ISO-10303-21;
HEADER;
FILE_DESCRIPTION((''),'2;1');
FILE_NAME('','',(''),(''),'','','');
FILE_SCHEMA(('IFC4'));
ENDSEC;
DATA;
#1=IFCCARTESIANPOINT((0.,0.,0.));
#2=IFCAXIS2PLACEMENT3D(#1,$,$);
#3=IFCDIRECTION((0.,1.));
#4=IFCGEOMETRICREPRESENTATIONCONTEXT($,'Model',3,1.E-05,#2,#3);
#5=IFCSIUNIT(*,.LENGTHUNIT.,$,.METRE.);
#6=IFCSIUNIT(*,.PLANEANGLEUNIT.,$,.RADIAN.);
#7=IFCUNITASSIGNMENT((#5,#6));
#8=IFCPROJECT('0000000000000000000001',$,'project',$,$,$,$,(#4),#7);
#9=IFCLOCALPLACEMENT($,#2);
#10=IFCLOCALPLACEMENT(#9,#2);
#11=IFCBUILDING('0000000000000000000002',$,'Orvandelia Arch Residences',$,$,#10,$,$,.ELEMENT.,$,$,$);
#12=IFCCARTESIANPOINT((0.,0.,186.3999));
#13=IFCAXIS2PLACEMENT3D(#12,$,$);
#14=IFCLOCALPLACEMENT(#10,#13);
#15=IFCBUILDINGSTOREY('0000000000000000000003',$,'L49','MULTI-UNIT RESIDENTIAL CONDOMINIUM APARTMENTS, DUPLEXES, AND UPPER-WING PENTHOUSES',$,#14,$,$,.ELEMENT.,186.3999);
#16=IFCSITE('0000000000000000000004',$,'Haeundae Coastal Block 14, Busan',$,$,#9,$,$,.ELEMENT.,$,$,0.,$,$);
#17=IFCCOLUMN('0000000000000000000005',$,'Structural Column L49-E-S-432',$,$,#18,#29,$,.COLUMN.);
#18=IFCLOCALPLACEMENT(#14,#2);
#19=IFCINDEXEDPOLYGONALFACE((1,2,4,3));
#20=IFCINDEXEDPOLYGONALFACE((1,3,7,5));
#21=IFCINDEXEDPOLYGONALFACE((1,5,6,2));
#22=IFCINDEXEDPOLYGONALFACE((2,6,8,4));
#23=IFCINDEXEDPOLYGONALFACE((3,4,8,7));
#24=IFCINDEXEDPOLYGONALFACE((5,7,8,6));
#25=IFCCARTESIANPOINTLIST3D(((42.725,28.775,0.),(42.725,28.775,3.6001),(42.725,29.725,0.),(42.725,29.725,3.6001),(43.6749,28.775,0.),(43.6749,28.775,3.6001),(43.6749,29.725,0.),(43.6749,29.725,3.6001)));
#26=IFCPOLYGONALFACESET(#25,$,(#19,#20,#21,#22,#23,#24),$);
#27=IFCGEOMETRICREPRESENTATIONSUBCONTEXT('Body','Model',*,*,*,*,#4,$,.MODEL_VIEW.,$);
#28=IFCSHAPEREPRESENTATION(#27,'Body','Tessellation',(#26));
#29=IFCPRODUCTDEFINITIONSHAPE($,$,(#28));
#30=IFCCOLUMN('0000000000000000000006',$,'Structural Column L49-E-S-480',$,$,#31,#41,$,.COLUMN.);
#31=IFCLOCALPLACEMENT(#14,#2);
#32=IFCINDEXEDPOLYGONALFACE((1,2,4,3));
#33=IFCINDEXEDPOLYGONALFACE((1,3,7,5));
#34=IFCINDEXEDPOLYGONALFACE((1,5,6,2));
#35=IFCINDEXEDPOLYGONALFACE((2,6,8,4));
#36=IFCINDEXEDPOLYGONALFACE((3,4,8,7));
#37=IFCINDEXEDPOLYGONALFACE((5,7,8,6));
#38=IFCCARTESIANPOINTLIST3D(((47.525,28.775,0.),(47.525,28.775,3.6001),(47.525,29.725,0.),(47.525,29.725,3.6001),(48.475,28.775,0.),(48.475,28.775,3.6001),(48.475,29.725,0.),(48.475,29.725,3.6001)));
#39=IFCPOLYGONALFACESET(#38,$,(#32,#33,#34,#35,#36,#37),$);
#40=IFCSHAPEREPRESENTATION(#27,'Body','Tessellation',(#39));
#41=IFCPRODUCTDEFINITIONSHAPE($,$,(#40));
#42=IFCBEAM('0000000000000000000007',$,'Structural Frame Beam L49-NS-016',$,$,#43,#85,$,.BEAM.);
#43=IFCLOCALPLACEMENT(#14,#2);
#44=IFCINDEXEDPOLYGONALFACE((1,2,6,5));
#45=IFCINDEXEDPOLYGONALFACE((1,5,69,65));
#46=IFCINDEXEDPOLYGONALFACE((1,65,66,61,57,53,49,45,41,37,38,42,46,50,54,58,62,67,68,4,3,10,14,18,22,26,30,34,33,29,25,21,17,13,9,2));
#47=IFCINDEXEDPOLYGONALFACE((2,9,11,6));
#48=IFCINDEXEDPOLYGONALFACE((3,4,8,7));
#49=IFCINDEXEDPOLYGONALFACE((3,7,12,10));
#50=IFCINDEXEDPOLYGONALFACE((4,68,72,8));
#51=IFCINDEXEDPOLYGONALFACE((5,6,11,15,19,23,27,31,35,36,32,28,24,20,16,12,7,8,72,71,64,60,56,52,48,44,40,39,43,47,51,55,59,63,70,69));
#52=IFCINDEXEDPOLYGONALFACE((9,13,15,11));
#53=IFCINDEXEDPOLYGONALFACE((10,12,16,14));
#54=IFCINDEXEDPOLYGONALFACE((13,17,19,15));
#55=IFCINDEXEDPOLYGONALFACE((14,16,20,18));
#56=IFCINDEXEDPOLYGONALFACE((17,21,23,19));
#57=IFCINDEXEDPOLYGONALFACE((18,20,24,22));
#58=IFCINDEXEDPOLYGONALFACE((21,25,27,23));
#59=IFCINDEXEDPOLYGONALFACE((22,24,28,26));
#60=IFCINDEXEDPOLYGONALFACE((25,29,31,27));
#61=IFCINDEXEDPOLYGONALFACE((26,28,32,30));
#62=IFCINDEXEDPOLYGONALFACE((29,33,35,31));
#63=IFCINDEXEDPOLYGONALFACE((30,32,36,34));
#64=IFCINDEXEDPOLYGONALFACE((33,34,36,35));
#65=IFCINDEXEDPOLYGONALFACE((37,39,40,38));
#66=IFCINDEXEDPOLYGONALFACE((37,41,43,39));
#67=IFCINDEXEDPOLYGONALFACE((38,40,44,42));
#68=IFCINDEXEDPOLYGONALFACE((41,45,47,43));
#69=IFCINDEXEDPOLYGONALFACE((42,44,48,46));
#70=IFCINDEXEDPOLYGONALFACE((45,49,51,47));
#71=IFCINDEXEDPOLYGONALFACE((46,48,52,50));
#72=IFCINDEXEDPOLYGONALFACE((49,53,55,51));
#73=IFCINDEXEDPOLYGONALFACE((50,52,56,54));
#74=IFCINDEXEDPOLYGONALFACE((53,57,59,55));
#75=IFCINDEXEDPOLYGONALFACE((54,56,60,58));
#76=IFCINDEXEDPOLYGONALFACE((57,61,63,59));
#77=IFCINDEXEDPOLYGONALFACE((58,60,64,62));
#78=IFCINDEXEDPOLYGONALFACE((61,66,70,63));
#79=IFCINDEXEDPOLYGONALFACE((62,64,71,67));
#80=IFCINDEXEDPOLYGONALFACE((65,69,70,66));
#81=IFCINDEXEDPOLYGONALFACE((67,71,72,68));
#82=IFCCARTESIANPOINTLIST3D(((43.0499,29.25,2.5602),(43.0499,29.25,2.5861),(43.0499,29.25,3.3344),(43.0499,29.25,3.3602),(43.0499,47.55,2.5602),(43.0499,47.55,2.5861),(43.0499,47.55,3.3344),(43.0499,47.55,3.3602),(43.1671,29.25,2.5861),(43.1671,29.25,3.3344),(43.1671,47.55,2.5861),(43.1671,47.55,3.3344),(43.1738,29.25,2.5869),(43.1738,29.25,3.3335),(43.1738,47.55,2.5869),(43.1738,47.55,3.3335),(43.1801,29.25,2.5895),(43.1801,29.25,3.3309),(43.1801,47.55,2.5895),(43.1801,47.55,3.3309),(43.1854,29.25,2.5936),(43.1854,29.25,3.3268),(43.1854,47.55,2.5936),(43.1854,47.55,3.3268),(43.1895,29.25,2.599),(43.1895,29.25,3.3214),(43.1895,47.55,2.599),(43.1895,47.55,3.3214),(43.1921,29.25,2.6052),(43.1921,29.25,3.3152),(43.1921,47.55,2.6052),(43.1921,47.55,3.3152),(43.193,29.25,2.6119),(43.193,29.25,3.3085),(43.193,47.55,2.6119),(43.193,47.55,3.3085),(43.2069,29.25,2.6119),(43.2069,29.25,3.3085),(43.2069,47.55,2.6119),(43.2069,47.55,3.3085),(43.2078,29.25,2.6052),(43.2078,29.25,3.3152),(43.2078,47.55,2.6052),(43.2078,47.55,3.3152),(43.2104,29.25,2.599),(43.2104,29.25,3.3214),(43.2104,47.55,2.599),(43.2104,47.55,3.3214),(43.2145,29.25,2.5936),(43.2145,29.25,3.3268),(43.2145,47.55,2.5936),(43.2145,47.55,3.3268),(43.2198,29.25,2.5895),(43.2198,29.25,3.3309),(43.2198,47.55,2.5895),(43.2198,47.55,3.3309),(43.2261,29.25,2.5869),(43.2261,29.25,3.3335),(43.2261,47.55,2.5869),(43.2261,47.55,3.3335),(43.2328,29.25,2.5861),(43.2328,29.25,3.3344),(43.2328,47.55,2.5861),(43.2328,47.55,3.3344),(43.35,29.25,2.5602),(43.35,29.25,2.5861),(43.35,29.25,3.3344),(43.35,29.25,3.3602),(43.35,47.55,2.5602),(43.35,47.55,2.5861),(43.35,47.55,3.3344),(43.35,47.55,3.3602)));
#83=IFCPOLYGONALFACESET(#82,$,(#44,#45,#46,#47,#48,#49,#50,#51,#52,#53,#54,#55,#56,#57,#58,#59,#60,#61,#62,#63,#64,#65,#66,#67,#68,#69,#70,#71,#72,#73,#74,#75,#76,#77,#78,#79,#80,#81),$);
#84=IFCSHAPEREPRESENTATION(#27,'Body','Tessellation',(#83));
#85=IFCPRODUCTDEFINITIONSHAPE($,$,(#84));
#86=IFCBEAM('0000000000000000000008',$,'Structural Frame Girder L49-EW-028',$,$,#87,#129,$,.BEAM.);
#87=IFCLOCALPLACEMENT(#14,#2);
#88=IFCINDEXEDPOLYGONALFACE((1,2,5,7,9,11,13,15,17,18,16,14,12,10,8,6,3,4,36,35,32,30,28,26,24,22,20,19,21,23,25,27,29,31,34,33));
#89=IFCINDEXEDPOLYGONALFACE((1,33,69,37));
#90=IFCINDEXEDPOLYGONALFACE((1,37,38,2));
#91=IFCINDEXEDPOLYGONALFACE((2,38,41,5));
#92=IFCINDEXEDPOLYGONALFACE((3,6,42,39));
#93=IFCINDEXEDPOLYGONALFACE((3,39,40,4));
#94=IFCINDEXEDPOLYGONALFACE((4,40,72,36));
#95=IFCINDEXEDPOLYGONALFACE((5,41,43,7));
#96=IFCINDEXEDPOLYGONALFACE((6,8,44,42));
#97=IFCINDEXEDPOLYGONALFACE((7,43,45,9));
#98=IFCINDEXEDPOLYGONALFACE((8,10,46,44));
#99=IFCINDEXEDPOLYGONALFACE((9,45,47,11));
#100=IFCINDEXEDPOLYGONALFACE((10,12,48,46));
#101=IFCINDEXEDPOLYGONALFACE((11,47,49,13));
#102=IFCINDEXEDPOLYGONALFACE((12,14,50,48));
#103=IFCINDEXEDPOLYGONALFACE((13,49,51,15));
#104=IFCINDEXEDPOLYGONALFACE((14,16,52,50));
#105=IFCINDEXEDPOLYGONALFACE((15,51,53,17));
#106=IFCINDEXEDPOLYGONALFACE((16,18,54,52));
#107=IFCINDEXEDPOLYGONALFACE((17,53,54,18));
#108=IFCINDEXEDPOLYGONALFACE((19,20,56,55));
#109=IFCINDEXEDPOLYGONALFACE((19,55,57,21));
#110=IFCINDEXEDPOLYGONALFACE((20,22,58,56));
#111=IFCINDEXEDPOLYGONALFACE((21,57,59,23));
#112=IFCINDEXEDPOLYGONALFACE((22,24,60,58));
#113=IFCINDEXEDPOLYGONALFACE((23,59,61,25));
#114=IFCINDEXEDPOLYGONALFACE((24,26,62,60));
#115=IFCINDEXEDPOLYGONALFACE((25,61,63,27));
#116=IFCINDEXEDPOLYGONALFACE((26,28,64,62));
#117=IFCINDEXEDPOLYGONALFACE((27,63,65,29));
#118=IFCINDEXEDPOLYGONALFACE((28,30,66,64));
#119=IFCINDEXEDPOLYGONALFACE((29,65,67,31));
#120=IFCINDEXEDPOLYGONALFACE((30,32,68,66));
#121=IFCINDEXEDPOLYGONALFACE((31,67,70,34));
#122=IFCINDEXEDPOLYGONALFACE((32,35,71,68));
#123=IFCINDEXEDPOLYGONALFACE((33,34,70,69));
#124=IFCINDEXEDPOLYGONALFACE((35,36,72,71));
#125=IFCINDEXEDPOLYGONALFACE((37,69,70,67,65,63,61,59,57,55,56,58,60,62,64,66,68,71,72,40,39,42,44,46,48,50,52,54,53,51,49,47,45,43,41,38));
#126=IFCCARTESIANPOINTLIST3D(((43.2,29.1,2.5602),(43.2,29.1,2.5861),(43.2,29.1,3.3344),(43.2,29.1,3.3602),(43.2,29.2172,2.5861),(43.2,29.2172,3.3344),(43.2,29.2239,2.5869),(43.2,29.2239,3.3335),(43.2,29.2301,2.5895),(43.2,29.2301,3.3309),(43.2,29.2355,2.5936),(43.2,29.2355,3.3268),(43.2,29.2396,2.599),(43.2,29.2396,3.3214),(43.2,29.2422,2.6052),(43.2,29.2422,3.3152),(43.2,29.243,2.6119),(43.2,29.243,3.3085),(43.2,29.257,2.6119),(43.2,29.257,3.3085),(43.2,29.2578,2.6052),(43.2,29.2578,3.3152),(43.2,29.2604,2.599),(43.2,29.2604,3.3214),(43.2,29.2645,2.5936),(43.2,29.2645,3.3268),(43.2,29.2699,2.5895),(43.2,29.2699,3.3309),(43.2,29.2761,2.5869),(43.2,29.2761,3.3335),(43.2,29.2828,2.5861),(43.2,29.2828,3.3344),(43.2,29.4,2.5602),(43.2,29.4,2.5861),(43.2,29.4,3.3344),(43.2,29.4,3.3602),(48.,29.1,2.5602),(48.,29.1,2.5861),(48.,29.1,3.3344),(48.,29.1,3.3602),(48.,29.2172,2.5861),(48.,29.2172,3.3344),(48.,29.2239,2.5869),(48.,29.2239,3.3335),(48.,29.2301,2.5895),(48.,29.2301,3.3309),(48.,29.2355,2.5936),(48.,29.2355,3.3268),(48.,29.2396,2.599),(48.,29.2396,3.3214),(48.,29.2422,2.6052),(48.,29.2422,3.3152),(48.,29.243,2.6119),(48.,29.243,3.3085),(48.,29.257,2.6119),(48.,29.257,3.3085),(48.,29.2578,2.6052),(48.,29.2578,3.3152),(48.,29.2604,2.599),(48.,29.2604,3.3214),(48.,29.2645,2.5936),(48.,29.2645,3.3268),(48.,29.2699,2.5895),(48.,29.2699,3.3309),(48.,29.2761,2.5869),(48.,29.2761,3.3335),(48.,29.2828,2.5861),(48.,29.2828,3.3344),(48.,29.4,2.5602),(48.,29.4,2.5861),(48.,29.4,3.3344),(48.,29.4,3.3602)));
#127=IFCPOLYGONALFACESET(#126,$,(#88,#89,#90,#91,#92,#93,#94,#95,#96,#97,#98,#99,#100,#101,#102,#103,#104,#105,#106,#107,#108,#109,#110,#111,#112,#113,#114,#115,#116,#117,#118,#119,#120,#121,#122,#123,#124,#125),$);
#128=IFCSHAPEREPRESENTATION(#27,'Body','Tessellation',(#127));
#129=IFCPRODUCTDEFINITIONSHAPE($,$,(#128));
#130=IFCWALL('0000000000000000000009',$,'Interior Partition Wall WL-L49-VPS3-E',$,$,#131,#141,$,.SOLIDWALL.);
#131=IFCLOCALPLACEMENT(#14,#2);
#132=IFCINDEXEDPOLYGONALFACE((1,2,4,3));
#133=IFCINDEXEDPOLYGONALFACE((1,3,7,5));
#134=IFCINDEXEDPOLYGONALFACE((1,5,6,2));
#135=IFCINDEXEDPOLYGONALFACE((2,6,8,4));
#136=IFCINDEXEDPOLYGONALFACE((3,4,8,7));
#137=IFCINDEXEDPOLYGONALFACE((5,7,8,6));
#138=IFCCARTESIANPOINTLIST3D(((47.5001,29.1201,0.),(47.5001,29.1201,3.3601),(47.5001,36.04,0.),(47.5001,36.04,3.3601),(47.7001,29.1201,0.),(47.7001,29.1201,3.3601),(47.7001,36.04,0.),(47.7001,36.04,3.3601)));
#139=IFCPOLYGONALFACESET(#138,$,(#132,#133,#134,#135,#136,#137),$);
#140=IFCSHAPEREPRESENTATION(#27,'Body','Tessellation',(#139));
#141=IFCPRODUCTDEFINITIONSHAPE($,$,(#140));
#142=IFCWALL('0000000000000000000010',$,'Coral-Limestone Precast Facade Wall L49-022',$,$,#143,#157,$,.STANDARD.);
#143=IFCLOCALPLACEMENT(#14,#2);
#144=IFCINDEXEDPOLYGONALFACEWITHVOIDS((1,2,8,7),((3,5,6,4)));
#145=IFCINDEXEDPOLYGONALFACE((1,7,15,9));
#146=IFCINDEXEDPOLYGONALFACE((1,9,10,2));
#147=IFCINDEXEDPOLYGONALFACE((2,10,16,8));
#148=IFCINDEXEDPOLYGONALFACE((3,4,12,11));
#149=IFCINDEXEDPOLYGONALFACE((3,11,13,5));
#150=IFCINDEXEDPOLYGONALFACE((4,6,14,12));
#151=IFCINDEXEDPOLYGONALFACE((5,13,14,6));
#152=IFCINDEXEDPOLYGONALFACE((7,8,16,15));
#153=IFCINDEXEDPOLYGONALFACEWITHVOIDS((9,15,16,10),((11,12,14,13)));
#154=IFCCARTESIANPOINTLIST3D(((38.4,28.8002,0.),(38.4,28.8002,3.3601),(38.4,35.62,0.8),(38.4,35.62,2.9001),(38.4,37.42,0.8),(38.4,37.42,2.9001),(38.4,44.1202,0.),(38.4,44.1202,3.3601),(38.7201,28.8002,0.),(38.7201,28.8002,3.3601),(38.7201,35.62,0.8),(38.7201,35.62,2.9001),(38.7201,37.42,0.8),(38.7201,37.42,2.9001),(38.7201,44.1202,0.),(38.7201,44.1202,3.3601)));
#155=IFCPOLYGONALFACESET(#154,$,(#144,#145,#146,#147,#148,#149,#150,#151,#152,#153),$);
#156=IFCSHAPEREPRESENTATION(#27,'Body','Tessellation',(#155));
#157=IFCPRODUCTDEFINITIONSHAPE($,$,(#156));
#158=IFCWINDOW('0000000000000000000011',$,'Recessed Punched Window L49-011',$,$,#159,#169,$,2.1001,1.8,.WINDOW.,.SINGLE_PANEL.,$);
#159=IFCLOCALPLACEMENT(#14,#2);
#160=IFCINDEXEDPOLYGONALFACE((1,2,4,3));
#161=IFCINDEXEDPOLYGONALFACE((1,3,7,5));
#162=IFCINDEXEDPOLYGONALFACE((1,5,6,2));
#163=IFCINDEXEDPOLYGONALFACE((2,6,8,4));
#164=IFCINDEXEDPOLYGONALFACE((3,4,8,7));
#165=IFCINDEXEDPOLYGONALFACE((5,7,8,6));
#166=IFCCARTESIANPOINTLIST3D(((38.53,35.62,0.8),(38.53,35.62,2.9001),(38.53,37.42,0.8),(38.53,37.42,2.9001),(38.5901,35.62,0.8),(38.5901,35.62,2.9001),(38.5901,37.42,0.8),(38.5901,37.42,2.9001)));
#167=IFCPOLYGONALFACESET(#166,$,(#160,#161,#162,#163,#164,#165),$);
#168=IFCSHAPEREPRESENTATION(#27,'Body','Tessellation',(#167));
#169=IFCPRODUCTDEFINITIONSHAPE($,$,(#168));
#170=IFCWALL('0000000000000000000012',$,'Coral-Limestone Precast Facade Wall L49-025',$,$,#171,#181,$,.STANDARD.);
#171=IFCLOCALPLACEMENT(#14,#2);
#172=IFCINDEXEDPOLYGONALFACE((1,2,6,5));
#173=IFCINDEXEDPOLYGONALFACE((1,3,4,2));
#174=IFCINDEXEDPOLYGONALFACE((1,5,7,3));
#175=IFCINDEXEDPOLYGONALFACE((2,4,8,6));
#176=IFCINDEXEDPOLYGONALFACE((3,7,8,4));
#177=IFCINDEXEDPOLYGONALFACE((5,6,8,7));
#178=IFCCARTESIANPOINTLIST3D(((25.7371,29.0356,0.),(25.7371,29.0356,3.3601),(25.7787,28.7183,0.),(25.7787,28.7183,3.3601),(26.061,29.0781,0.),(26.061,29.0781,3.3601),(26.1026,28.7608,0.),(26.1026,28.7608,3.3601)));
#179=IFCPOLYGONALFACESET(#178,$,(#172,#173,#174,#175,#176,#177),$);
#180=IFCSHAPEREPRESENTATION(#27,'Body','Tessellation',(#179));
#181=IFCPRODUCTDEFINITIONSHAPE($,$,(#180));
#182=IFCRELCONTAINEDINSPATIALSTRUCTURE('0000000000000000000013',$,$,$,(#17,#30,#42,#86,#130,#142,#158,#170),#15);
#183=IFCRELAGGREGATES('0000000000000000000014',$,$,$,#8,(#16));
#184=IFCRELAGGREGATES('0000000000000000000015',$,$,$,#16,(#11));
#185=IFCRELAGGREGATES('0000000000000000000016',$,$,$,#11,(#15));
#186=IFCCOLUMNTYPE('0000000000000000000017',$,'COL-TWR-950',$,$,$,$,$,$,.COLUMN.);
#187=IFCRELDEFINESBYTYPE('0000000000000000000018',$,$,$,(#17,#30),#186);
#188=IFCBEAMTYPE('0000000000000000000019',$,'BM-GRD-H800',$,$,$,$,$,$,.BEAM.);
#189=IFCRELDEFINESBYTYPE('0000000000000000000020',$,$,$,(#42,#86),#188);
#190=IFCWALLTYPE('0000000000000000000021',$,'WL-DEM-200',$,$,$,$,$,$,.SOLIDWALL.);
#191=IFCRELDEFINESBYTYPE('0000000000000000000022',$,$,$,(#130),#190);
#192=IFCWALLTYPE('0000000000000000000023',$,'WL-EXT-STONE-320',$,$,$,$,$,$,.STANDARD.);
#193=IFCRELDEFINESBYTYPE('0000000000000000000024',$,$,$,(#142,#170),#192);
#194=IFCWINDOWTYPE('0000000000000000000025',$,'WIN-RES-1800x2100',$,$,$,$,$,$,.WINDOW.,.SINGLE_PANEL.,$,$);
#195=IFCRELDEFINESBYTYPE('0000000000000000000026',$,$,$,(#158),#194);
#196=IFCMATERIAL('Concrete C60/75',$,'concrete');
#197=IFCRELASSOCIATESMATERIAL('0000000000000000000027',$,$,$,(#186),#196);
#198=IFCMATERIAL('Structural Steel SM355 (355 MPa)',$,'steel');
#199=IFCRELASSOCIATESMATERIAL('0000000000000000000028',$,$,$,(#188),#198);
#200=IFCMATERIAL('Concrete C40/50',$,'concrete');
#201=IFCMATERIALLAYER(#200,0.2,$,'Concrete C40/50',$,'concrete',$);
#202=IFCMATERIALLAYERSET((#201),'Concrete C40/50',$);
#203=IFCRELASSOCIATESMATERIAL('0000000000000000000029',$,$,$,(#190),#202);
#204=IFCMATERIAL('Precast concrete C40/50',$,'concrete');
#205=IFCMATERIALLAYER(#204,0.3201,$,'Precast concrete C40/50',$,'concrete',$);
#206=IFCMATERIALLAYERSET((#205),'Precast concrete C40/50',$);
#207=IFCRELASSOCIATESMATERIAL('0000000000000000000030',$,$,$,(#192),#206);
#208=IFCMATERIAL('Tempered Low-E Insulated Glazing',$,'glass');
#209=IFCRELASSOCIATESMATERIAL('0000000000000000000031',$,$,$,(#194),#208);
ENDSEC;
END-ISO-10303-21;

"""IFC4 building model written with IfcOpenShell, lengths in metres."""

from ifc_helpers import new_model, si_unit, direction, frame, frame_2d, origin, origin_2d, place, context, subcontext, project, spatial, rectangle, i_section, extrude, material, layer, layer_set, material_profile, profile_set, type_object, element, fill, save


model = new_model("IFC4")

# Units and contexts
model_context = context("Model", 3, precision=1e-05, world=origin(), true_north=direction((0.0, 1.0)))
body_context = subcontext(model_context, "Body", "Model", "MODEL_VIEW")
ifc_project = project(units=[si_unit("LENGTHUNIT", "METRE"), si_unit("PLANEANGLEUNIT", "RADIAN")], contexts=[model_context])

# Site, building, storey
site_placement = place(None, origin())
site = spatial("IfcSite", under=ifc_project, at=site_placement, Name="Haeundae Coastal Block 14, Busan", CompositionType="ELEMENT", RefElevation=0.0)
building_placement = place(site_placement, origin())
building = spatial("IfcBuilding", under=site, at=building_placement, Name="Orvandelia Arch Residences", CompositionType="ELEMENT")
storey_placement = place(building_placement, frame((0.0, 0.0, 186.3999)))
storey = spatial("IfcBuildingStorey", under=building, at=storey_placement, Name="L49", Description="MULTI-UNIT RESIDENTIAL CONDOMINIUM APARTMENTS, DUPLEXES, AND UPPER-WING PENTHOUSES", CompositionType="ELEMENT", Elevation=186.3999)

# Columns
ifc_material_1 = material(Name="Concrete C60/75", Category="concrete")
ifc_material_profile_1 = material_profile(ifc_material_1, rectangle(XDim=0.95, YDim=0.95, at=origin_2d()), Name="Concrete C60/75", Category="concrete")
ifc_profile_set_1 = profile_set([ifc_material_profile_1], Name="Concrete C60/75")
column_type = type_object("IfcColumnType", Name="COL-TWR-950", PredefinedType="COLUMN", material=ifc_profile_set_1)
for number, where, z_axis, x_axis, name in (
    (1, (43.2, 29.25, 0.0), (0.0, 0.0, 1.0), (1.0, 0.0, 0.0), "Structural Column L49-E-S-432"),
    (2, (48.0, 29.25, 0.0), (0.0, 0.0, 1.0), (1.0, 0.0, 0.0), "Structural Column L49-E-S-480"),
):
    element("IfcColumn", number, at=place(storey_placement, frame(where, z_axis=z_axis, x_axis=x_axis)), inside=storey, type_object=column_type, Name=name, PredefinedType="COLUMN", context=body_context, shape_type="SweptSolid", body=[
        extrude(rectangle(XDim=0.95, YDim=0.95, at=origin_2d()), origin(), (0.0, 0.0, 1.0), 3.6001),
    ])

# Beams
ifc_material_2 = material(Name="Structural Steel SM355 (355 MPa)", Category="steel")
ifc_material_profile_2 = material_profile(ifc_material_2, i_section(OverallWidth=0.3, OverallDepth=0.8, WebThickness=0.0139, FlangeThickness=0.0259, FilletRadius=0.0259, at=origin_2d()), Name="Structural Steel SM355 (355 MPa)", Category="steel")
ifc_profile_set_2 = profile_set([ifc_material_profile_2], Name="Structural Steel SM355 (355 MPa)")
beam_type = type_object("IfcBeamType", Name="BM-GRD-H800", PredefinedType="BEAM", material=ifc_profile_set_2)
beam_1_placement = place(storey_placement, frame((43.2, 29.25, 2.9602), z_axis=(0.0, 1.0, 0.0), x_axis=(-1.0, 0.0, 0.0)))
element("IfcBeam", 3, at=beam_1_placement, inside=storey, type_object=beam_type, Name="Structural Frame Beam L49-NS-016", PredefinedType="BEAM", context=body_context, shape_type="SweptSolid", body=[
    extrude(i_section(OverallWidth=0.3, OverallDepth=0.8, WebThickness=0.0139, FlangeThickness=0.0259, FilletRadius=0.0259, at=origin_2d()), origin(), (0.0, 0.0, 1.0), 18.3),
])
beam_2_placement = place(storey_placement, frame((43.2, 29.25, 2.9602), z_axis=(1.0, 0.0, 0.0), x_axis=(0.0, 1.0, 0.0)))
element("IfcBeam", 4, at=beam_2_placement, inside=storey, type_object=beam_type, Name="Structural Frame Girder L49-EW-028", PredefinedType="BEAM", context=body_context, shape_type="SweptSolid", body=[
    extrude(i_section(OverallWidth=0.3, OverallDepth=0.8, WebThickness=0.0139, FlangeThickness=0.0259, FilletRadius=0.0259, at=origin_2d()), origin(), (0.0, 0.0, 1.0), 4.8),
])

# Wall
ifc_material_3 = material(Name="Concrete C40/50", Category="concrete")
ifc_layer_1 = layer(ifc_material_3, 0.2, Name="Concrete C40/50", Category="concrete")
ifc_layer_set_1 = layer_set([ifc_layer_1], Name="Concrete C40/50")
wall_type_1 = type_object("IfcWallType", Name="WL-DEM-200", PredefinedType="SOLIDWALL", material=ifc_layer_set_1)
wall_1_placement = place(storey_placement, frame((47.6001, 29.1201, 0.0), z_axis=(0.0, 0.0, 1.0), x_axis=(0.0, 1.0, 0.0)))
element("IfcWall", 5, at=wall_1_placement, inside=storey, type_object=wall_type_1, Name="Interior Partition Wall WL-L49-VPS3-E", PredefinedType="SOLIDWALL", context=body_context, shape_type="SweptSolid", body=[
    extrude(rectangle(XDim=6.9199, YDim=0.2, at=frame_2d((3.46, 0.0))), origin(), (0.0, 0.0, 1.0), 3.3601),
])

# Wall, opening, window
ifc_material_4 = material(Name="Precast concrete C40/50", Category="concrete")
ifc_layer_2 = layer(ifc_material_4, 0.3201, Name="Precast concrete C40/50", Category="concrete")
ifc_layer_set_2 = layer_set([ifc_layer_2], Name="Precast concrete C40/50")
wall_type_2 = type_object("IfcWallType", Name="WL-EXT-STONE-320", PredefinedType="STANDARD", material=ifc_layer_set_2)
wall_2_placement = place(storey_placement, frame((38.5601, 28.8, 0.0), z_axis=(0.0, 0.0, 1.0), x_axis=(0.0, 1.0, 0.0)))
wall_2 = element("IfcWall", 6, at=wall_2_placement, inside=storey, type_object=wall_type_2, Name="Coral-Limestone Precast Facade Wall L49-022", PredefinedType="STANDARD", context=body_context, shape_type="SweptSolid", body=[
    extrude(rectangle(XDim=15.3201, YDim=0.3201, at=frame_2d((7.6602, 0.0))), origin(), (0.0, 0.0, 1.0), 3.3601),
])
opening_1_placement = place(wall_2_placement, frame((6.8201, 0.0, 0.8)))
opening_1 = element("IfcOpeningElement", 7, at=opening_1_placement, cuts=wall_2, PredefinedType="OPENING", context=body_context, shape_type="SweptSolid", body=[
    extrude(rectangle(XDim=1.8, YDim=2.1001, at=frame_2d((0.8999, 1.05))), frame((0.0, 0.1699, 0.0), z_axis=(0.0, -1.0, 0.0), x_axis=(1.0, 0.0, 0.0)), (0.0, 0.0, 1.0), 0.3401),
])
ifc_material_5 = material(Name="Tempered Low-E Insulated Glazing", Category="glass")
window_type = type_object("IfcWindowType", Name="WIN-RES-1800x2100", PartitioningType="SINGLE_PANEL", PredefinedType="WINDOW", material=ifc_material_5)
window_placement = place(opening_1_placement, origin())
window = element("IfcWindow", 8, at=window_placement, inside=storey, type_object=window_type, Name="Recessed Punched Window L49-011", OverallHeight=2.1001, OverallWidth=1.8, PartitioningType="SINGLE_PANEL", PredefinedType="WINDOW", context=body_context, shape_type="SweptSolid", body=[
    extrude(rectangle(XDim=1.8, YDim=2.1001, at=frame_2d((0.8999, 1.05))), frame((0.0, 0.03, 0.0), z_axis=(0.0, -1.0, 0.0), x_axis=(1.0, 0.0, 0.0)), (0.0, 0.0, 1.0), 0.0601),
])
fill(opening_1, window)

# Wall
wall_3_placement = place(storey_placement, frame((26.0818, 28.9194, 0.0), z_axis=(0.0, 0.0, 1.0), x_axis=(-0.991513, -0.13001, 0.0)))
element("IfcWall", 9, at=wall_3_placement, inside=storey, type_object=wall_type_2, Name="Coral-Limestone Precast Facade Wall L49-025", PredefinedType="STANDARD", context=body_context, shape_type="SweptSolid", body=[
    extrude(rectangle(XDim=0.3267, YDim=0.3201, at=frame_2d((0.1633, 0.0))), origin(), (0.0, 0.0, 1.0), 3.3601),
])

save(model, "model.ifc")
